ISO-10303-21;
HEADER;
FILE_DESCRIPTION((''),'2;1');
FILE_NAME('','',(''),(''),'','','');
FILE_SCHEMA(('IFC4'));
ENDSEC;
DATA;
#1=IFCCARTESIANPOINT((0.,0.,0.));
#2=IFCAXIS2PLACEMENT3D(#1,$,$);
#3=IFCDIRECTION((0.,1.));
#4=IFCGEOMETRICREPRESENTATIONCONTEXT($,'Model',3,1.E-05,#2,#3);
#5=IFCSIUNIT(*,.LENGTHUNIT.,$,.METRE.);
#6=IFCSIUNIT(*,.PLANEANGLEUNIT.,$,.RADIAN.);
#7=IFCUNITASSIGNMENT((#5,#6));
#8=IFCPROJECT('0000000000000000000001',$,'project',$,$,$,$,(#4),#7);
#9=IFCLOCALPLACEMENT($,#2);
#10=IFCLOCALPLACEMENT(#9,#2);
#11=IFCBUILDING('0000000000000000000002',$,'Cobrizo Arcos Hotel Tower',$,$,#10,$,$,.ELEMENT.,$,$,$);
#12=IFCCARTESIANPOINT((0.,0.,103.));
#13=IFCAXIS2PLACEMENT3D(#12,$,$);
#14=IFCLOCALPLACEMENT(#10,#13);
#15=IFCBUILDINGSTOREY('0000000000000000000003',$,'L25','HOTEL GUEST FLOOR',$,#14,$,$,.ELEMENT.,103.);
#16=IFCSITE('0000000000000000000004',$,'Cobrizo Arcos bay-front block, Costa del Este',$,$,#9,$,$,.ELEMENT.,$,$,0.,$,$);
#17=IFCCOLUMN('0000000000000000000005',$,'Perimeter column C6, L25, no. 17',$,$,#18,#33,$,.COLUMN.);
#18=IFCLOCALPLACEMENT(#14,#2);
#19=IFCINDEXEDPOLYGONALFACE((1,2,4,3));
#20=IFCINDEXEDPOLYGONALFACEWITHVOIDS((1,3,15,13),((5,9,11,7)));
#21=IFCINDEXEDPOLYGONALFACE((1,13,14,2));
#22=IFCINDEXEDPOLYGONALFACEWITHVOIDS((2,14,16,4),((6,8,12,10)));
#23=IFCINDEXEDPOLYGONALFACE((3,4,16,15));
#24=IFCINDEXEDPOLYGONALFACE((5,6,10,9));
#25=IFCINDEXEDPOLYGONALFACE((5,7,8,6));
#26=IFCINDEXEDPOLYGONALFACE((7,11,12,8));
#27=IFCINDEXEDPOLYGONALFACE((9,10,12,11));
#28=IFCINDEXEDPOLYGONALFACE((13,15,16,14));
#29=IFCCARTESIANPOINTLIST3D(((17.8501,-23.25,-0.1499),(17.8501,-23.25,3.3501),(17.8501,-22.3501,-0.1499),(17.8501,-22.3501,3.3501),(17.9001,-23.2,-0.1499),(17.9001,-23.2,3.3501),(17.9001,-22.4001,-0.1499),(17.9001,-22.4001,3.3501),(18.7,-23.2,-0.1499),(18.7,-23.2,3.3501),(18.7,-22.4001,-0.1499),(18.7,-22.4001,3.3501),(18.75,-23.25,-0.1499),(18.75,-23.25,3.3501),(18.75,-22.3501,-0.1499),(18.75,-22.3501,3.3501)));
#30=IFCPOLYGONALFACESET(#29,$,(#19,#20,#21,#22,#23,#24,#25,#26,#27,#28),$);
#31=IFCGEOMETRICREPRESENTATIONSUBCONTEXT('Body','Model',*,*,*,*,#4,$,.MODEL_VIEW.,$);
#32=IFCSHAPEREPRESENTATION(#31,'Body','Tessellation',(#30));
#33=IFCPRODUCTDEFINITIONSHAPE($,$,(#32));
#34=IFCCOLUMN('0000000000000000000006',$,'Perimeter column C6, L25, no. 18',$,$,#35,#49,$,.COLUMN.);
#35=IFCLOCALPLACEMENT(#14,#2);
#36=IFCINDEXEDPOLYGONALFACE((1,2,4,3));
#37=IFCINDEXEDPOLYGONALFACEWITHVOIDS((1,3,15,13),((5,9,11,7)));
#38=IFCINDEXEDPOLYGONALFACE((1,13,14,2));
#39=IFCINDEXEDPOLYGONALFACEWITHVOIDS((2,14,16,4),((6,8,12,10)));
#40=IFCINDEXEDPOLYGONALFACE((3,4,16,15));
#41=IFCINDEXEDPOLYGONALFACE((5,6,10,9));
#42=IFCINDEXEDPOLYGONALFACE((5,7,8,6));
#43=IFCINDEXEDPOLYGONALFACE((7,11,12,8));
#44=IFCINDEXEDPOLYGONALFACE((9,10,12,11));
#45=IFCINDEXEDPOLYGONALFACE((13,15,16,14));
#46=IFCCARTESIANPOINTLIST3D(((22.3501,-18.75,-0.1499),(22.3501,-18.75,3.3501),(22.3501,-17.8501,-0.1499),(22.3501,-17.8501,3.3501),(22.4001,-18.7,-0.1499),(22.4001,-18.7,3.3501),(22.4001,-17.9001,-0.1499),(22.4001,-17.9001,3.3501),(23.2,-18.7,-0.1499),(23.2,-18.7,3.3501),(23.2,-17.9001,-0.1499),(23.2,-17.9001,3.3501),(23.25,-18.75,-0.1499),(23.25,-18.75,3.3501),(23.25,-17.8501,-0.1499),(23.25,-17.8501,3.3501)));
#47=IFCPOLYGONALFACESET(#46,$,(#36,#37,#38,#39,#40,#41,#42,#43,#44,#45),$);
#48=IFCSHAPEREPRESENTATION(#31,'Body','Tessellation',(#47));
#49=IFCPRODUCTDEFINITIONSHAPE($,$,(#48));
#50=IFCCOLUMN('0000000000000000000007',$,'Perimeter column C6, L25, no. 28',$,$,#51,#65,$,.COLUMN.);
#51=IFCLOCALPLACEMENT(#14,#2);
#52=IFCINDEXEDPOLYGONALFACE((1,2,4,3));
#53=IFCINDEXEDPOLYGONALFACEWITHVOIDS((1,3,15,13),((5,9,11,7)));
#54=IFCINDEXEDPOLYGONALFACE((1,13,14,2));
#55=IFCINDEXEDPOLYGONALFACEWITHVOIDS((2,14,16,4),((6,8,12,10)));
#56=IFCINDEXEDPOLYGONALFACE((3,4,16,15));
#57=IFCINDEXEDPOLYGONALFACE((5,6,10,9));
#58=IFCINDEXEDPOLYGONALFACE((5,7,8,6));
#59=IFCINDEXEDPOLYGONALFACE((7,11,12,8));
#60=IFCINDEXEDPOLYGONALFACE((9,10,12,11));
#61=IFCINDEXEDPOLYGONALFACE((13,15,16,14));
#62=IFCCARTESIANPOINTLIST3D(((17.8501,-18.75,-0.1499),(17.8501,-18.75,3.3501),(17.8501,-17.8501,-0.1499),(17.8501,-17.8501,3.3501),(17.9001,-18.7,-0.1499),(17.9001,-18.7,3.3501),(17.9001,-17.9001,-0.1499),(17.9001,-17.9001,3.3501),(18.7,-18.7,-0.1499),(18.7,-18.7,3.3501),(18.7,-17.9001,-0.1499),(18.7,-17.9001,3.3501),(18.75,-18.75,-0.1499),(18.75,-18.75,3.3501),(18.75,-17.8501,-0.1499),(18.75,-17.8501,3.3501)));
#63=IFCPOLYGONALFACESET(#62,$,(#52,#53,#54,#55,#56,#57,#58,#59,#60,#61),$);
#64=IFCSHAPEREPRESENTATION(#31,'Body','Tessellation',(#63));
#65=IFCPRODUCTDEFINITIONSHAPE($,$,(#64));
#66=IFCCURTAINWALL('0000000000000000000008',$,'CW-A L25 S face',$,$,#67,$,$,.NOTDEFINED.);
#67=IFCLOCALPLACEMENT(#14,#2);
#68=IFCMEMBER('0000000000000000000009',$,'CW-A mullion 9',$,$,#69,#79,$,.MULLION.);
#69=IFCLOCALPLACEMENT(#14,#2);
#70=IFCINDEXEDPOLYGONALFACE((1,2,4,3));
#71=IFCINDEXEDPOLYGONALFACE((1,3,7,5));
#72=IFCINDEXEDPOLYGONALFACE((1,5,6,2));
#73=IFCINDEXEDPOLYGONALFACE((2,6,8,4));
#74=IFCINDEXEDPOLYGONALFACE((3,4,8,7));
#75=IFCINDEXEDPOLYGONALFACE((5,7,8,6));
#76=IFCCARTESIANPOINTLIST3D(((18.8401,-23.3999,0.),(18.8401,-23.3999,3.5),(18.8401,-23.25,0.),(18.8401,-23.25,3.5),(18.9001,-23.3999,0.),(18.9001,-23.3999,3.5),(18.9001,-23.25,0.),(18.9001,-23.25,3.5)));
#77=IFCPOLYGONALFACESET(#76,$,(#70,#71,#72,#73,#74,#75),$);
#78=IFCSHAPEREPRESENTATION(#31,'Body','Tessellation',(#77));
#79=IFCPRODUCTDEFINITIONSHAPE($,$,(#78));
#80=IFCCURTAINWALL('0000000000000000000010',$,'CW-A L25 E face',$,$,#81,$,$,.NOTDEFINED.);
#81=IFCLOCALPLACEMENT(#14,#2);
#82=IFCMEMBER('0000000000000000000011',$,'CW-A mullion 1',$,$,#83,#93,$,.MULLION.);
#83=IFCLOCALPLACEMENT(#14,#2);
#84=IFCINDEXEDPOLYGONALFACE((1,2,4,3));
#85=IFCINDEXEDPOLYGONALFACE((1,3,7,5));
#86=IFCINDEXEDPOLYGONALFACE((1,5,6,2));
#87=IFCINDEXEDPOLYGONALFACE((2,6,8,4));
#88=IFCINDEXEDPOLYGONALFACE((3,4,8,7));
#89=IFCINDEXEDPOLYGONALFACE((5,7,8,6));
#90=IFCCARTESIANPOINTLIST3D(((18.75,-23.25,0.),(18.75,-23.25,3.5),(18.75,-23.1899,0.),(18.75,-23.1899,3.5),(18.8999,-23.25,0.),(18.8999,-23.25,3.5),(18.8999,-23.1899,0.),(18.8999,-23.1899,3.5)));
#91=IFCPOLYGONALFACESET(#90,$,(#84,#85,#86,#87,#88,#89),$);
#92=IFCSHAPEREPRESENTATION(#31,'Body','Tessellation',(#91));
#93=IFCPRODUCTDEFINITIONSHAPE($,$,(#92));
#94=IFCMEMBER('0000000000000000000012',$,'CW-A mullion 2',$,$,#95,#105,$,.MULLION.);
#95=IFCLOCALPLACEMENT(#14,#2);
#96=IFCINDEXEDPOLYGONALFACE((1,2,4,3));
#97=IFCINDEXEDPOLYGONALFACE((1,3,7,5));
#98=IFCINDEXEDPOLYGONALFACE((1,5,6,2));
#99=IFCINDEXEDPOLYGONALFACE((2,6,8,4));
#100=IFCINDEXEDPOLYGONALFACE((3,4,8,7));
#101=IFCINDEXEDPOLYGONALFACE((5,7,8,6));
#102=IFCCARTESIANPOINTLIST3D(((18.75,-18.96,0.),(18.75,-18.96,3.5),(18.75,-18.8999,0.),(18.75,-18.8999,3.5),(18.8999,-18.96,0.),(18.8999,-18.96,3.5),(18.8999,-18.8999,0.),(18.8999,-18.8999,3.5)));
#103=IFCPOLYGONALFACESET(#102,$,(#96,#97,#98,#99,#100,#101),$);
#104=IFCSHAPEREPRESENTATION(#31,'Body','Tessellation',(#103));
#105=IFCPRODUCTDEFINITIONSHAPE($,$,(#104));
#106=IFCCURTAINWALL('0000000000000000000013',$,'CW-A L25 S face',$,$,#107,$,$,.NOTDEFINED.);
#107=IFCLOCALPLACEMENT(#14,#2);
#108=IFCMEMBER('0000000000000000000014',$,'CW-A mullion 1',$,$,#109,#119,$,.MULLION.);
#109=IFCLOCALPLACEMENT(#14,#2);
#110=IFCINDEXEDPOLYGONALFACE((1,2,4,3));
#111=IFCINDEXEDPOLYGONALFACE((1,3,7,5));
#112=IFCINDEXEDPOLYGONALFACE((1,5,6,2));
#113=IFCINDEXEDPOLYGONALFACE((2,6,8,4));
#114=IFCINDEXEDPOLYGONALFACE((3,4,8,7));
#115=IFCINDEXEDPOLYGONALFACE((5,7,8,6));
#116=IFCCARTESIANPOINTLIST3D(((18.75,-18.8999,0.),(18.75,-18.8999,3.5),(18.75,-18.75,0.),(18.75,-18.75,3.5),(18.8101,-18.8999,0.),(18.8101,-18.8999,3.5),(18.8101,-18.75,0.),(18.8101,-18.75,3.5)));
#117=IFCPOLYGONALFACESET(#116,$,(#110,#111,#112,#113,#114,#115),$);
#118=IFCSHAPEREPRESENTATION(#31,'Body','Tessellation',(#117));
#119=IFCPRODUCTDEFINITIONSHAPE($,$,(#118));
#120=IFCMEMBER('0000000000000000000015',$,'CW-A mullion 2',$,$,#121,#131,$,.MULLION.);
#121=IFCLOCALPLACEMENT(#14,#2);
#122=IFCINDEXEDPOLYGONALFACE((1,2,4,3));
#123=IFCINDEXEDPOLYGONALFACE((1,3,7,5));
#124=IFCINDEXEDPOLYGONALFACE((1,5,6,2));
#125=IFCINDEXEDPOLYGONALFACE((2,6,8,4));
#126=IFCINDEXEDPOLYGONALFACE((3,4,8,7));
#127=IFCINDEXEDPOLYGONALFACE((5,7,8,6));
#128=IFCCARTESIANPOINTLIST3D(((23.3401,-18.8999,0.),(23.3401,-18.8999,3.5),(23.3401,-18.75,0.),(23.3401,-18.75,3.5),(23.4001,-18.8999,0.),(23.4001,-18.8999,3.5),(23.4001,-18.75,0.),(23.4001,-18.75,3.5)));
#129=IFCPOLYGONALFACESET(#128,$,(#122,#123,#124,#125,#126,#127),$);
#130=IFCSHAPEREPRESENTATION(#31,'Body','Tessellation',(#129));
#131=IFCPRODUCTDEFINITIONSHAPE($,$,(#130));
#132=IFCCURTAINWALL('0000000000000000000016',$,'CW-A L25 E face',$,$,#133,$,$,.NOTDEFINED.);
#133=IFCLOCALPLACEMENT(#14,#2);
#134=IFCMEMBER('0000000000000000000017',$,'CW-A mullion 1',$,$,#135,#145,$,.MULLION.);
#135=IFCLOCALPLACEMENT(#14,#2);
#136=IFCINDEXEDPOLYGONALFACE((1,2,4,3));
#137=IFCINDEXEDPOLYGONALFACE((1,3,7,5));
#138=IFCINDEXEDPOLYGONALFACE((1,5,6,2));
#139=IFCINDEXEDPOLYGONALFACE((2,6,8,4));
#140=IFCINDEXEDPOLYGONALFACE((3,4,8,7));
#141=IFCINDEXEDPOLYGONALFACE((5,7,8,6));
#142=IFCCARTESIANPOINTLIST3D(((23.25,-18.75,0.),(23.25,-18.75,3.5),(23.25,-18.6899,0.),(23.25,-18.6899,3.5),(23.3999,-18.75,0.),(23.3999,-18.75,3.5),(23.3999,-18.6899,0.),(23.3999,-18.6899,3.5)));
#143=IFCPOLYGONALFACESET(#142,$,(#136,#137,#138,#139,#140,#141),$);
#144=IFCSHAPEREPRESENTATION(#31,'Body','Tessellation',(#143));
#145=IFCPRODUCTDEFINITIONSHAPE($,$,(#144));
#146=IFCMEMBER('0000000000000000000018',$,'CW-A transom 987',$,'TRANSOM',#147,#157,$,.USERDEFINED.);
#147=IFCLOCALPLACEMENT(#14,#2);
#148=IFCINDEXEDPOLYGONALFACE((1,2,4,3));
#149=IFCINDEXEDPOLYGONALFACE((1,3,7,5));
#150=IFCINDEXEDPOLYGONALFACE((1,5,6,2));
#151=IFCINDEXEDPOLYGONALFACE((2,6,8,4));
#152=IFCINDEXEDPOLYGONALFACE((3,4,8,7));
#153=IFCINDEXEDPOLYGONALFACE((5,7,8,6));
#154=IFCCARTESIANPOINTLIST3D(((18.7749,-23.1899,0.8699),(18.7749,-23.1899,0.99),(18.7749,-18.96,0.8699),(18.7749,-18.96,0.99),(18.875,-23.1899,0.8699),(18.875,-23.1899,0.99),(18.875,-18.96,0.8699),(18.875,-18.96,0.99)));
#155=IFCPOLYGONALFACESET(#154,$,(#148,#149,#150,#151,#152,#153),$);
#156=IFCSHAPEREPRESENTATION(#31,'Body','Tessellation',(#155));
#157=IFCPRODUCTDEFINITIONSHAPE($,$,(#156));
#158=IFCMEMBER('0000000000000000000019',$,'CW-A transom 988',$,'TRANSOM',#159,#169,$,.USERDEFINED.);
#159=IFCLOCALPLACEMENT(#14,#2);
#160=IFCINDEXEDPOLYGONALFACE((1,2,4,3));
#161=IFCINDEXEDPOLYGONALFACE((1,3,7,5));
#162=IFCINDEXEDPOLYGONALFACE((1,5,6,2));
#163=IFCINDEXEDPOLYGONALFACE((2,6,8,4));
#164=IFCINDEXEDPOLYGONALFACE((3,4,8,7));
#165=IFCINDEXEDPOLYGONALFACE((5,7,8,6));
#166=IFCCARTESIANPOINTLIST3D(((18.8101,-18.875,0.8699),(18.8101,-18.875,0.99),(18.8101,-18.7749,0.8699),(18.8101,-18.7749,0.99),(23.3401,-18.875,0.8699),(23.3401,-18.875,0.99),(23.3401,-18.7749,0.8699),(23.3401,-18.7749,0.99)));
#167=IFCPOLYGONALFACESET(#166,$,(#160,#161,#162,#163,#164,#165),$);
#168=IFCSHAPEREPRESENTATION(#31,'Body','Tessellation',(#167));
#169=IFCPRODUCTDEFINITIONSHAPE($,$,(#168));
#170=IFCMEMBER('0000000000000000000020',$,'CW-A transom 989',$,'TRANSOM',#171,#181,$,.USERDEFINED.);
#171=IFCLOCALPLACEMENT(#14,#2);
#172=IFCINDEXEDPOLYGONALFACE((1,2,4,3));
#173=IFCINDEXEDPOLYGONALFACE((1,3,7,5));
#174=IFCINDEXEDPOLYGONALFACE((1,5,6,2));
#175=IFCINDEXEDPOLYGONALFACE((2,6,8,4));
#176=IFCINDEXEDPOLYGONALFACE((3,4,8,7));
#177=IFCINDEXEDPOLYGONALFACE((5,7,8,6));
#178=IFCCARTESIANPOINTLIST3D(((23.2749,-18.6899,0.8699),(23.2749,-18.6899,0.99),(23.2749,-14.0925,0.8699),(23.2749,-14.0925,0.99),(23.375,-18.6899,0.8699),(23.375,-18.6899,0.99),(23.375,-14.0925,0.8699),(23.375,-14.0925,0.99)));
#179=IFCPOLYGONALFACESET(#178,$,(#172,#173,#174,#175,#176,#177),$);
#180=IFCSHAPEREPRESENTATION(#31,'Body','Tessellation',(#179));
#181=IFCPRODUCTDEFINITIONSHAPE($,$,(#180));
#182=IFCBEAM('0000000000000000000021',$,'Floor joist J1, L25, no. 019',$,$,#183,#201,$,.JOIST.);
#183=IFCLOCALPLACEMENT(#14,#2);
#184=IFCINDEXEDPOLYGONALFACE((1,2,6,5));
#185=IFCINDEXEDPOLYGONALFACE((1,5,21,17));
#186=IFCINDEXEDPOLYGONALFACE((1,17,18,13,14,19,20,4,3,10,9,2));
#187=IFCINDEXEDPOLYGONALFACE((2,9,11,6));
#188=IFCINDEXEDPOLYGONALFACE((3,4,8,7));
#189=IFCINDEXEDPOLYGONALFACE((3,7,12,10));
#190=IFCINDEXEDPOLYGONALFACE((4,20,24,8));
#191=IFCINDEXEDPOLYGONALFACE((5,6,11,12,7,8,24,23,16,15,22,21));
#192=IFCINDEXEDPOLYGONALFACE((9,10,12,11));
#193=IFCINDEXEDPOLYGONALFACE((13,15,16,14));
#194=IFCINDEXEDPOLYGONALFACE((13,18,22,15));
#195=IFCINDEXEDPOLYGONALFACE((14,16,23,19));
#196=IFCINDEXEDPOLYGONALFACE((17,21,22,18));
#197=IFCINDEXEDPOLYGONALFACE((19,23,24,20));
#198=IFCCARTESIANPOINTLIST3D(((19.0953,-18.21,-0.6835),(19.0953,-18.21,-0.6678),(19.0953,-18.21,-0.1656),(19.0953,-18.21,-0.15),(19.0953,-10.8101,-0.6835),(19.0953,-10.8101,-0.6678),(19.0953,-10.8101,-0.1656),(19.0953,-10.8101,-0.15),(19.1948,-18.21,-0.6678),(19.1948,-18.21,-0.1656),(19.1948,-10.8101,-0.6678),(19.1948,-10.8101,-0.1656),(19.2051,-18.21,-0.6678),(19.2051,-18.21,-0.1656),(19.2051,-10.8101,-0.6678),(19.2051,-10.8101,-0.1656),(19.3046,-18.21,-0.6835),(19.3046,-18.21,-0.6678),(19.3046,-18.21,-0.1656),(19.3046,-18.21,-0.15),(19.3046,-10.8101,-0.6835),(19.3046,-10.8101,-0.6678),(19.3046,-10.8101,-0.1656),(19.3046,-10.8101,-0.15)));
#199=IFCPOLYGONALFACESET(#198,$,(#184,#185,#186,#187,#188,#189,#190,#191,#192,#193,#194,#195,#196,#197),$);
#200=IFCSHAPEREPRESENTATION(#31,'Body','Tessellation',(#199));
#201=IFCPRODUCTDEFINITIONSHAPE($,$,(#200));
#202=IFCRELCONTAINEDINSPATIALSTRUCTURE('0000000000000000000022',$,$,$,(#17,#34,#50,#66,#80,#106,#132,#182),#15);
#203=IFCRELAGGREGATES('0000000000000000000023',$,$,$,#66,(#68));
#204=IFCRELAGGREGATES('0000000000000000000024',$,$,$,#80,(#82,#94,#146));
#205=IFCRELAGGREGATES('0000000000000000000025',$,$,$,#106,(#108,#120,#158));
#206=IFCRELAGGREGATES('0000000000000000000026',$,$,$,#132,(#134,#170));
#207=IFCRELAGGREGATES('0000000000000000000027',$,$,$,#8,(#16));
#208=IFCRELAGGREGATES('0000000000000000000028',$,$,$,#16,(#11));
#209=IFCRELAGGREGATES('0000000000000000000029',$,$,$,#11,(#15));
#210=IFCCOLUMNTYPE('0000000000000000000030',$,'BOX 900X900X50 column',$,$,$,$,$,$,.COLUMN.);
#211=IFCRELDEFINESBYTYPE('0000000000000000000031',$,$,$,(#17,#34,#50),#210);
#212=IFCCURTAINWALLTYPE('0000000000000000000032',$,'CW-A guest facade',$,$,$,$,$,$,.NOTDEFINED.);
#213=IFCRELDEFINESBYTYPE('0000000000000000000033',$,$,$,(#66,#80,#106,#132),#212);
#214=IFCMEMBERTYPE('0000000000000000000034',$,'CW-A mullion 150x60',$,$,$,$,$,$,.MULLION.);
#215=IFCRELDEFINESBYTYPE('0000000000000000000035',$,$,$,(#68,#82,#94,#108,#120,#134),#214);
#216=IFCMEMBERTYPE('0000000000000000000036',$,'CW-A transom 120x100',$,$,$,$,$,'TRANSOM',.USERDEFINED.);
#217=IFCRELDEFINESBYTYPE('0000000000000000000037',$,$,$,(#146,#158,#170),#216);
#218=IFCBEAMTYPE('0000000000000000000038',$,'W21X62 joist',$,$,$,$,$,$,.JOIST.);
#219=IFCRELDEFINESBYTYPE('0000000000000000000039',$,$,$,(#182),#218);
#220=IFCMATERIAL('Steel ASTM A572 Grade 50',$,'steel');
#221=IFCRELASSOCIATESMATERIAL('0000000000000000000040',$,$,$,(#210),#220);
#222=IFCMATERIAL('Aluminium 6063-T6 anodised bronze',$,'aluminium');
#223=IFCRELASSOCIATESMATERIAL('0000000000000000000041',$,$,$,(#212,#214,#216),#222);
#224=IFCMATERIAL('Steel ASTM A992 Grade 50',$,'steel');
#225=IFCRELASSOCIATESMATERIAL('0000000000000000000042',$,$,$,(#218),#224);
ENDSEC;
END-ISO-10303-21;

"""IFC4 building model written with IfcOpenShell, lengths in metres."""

from ifc_helpers import new_model, si_unit, direction, frame, origin, origin_2d, place, context, subcontext, project, spatial, rectangle, hollow_rectangle, i_section, extrude, material, material_profile, profile_set, type_object, element, aggregate, save


model = new_model("IFC4")

# Units and contexts
model_context = context("Model", 3, precision=1e-05, world=origin(), true_north=direction((0.0, 1.0)))
body_context = subcontext(model_context, "Body", "Model", "MODEL_VIEW")
ifc_project = project(units=[si_unit("LENGTHUNIT", "METRE"), si_unit("PLANEANGLEUNIT", "RADIAN")], contexts=[model_context])

# Site, building, storey
site_placement = place(None, origin())
site = spatial("IfcSite", under=ifc_project, at=site_placement, Name="Cobrizo Arcos bay-front block, Costa del Este", CompositionType="ELEMENT", RefElevation=0.0)
building_placement = place(site_placement, origin())
building = spatial("IfcBuilding", under=site, at=building_placement, Name="Cobrizo Arcos Hotel Tower", CompositionType="ELEMENT")
storey_placement = place(building_placement, frame((0.0, 0.0, 103.0)))
storey = spatial("IfcBuildingStorey", under=building, at=storey_placement, Name="L25", Description="HOTEL GUEST FLOOR", CompositionType="ELEMENT", Elevation=103.0)

# Columns
ifc_material_1 = material(Name="Steel ASTM A572 Grade 50", Category="steel")
ifc_material_profile_1 = material_profile(ifc_material_1, hollow_rectangle(XDim=0.8999, YDim=0.8999, WallThickness=0.05, at=origin_2d()), Name="BOX 900X900X50")
ifc_profile_set_1 = profile_set([ifc_material_profile_1], Name="Steel ASTM A572 Grade 50")
column_type = type_object("IfcColumnType", Name="BOX 900X900X50 column", PredefinedType="COLUMN", material=ifc_profile_set_1)
for number, where, z_axis, x_axis, name in (
    (1, (18.3, -22.8, -0.1499), (0.0, 0.0, 1.0), (1.0, 0.0, 0.0), "Perimeter column C6, L25, no. 17"),
    (2, (22.8, -18.3, -0.1499), (0.0, 0.0, 1.0), (1.0, 0.0, 0.0), "Perimeter column C6, L25, no. 18"),
    (3, (18.3, -18.3, -0.1499), (0.0, 0.0, 1.0), (1.0, 0.0, 0.0), "Perimeter column C6, L25, no. 28"),
):
    element("IfcColumn", number, at=place(storey_placement, frame(where, z_axis=z_axis, x_axis=x_axis)), inside=storey, type_object=column_type, Name=name, PredefinedType="COLUMN", context=body_context, shape_type="SweptSolid", body=[
        extrude(hollow_rectangle(XDim=0.8999, YDim=0.8999, WallThickness=0.05, at=origin_2d()), origin(), (0.0, 0.0, 1.0), 3.5),
    ])

# Curtain wall, member
ifc_material_2 = material(Name="Aluminium 6063-T6 anodised bronze", Category="aluminium")
curtain_wall_type = type_object("IfcCurtainWallType", Name="CW-A guest facade", PredefinedType="NOTDEFINED", material=ifc_material_2)
curtain_wall_1_placement = place(storey_placement, origin())
curtain_wall_1 = element("IfcCurtainWall", 4, at=curtain_wall_1_placement, inside=storey, type_object=curtain_wall_type, Name="CW-A L25 S face", PredefinedType="NOTDEFINED")
ifc_material_profile_2 = material_profile(ifc_material_2, rectangle(XDim=0.1499, YDim=0.0601, at=origin_2d()), Name="CW-A mullion 150x60")
ifc_profile_set_2 = profile_set([ifc_material_profile_2], Name="Aluminium 6063-T6 anodised bronze")
member_type_1 = type_object("IfcMemberType", Name="CW-A mullion 150x60", PredefinedType="MULLION", material=ifc_profile_set_2)
member_1_placement = place(storey_placement, frame((18.8701, -23.325, 0.0), z_axis=(0.0, 0.0, 1.0), x_axis=(0.0, -1.0, 0.0)))
member_1 = element("IfcMember", 5, at=member_1_placement, type_object=member_type_1, Name="CW-A mullion 9", PredefinedType="MULLION", context=body_context, shape_type="SweptSolid", body=[
    extrude(rectangle(XDim=0.1499, YDim=0.0601, at=origin_2d()), origin(), (0.0, 0.0, 1.0), 3.5),
])

# Curtain walls, members
curtain_wall_2_placement = place(storey_placement, origin())
curtain_wall_2 = element("IfcCurtainWall", 6, at=curtain_wall_2_placement, inside=storey, type_object=curtain_wall_type, Name="CW-A L25 E face", PredefinedType="NOTDEFINED")
member_2_placement = place(storey_placement, frame((18.825, -23.22, 0.0), z_axis=(0.0, 0.0, 1.0), x_axis=(1.0, 0.0, 0.0)))
member_2 = element("IfcMember", 7, at=member_2_placement, type_object=member_type_1, Name="CW-A mullion 1", PredefinedType="MULLION", context=body_context, shape_type="SweptSolid", body=[
    extrude(rectangle(XDim=0.1499, YDim=0.0601, at=origin_2d()), origin(), (0.0, 0.0, 1.0), 3.5),
])
member_3_placement = place(storey_placement, frame((18.825, -18.9299, 0.0), z_axis=(0.0, 0.0, 1.0), x_axis=(1.0, 0.0, 0.0)))
member_3 = element("IfcMember", 8, at=member_3_placement, type_object=member_type_1, Name="CW-A mullion 2", PredefinedType="MULLION", context=body_context, shape_type="SweptSolid", body=[
    extrude(rectangle(XDim=0.1499, YDim=0.0601, at=origin_2d()), origin(), (0.0, 0.0, 1.0), 3.5),
])
curtain_wall_3_placement = place(storey_placement, origin())
curtain_wall_3 = element("IfcCurtainWall", 9, at=curtain_wall_3_placement, inside=storey, type_object=curtain_wall_type, Name="CW-A L25 S face", PredefinedType="NOTDEFINED")
member_4_placement = place(storey_placement, frame((18.78, -18.825, 0.0), z_axis=(0.0, 0.0, 1.0), x_axis=(0.0, -1.0, 0.0)))
member_4 = element("IfcMember", 10, at=member_4_placement, type_object=member_type_1, Name="CW-A mullion 1", PredefinedType="MULLION", context=body_context, shape_type="SweptSolid", body=[
    extrude(rectangle(XDim=0.1499, YDim=0.0601, at=origin_2d()), origin(), (0.0, 0.0, 1.0), 3.5),
])
member_5_placement = place(storey_placement, frame((23.3701, -18.825, 0.0), z_axis=(0.0, 0.0, 1.0), x_axis=(0.0, -1.0, 0.0)))
member_5 = element("IfcMember", 11, at=member_5_placement, type_object=member_type_1, Name="CW-A mullion 2", PredefinedType="MULLION", context=body_context, shape_type="SweptSolid", body=[
    extrude(rectangle(XDim=0.1499, YDim=0.0601, at=origin_2d()), origin(), (0.0, 0.0, 1.0), 3.5),
])

# Curtain wall, member
curtain_wall_4_placement = place(storey_placement, origin())
curtain_wall_4 = element("IfcCurtainWall", 12, at=curtain_wall_4_placement, inside=storey, type_object=curtain_wall_type, Name="CW-A L25 E face", PredefinedType="NOTDEFINED")
member_6_placement = place(storey_placement, frame((23.325, -18.72, 0.0), z_axis=(0.0, 0.0, 1.0), x_axis=(1.0, 0.0, 0.0)))
member_6 = element("IfcMember", 13, at=member_6_placement, type_object=member_type_1, Name="CW-A mullion 1", PredefinedType="MULLION", context=body_context, shape_type="SweptSolid", body=[
    extrude(rectangle(XDim=0.1499, YDim=0.0601, at=origin_2d()), origin(), (0.0, 0.0, 1.0), 3.5),
])

# Members
ifc_material_profile_3 = material_profile(ifc_material_2, rectangle(XDim=0.1001, YDim=0.1201, at=origin_2d()), Name="CW-A transom 120x100")
ifc_profile_set_3 = profile_set([ifc_material_profile_3], Name="Aluminium 6063-T6 anodised bronze")
member_type_2 = type_object("IfcMemberType", Name="CW-A transom 120x100", ElementType="TRANSOM", PredefinedType="USERDEFINED", material=ifc_profile_set_3)
member_7_placement = place(storey_placement, frame((18.825, -23.1899, 0.9299), z_axis=(0.0, 1.0, 0.0), x_axis=(-1.0, 0.0, 0.0)))
member_7 = element("IfcMember", 14, at=member_7_placement, type_object=member_type_2, Name="CW-A transom 987", ObjectType="TRANSOM", PredefinedType="USERDEFINED", context=body_context, shape_type="SweptSolid", body=[
    extrude(rectangle(XDim=0.1001, YDim=0.1201, at=origin_2d()), origin(), (0.0, 0.0, 1.0), 4.23),
])
member_8_placement = place(storey_placement, frame((18.8101, -18.825, 0.9299), z_axis=(1.0, 0.0, 0.0), x_axis=(0.0, 1.0, 0.0)))
member_8 = element("IfcMember", 15, at=member_8_placement, type_object=member_type_2, Name="CW-A transom 988", ObjectType="TRANSOM", PredefinedType="USERDEFINED", context=body_context, shape_type="SweptSolid", body=[
    extrude(rectangle(XDim=0.1001, YDim=0.1201, at=origin_2d()), origin(), (0.0, 0.0, 1.0), 4.53),
])
member_9_placement = place(storey_placement, frame((23.325, -18.6899, 0.9299), z_axis=(0.0, 1.0, 0.0), x_axis=(-1.0, 0.0, 0.0)))
member_9 = element("IfcMember", 16, at=member_9_placement, type_object=member_type_2, Name="CW-A transom 989", ObjectType="TRANSOM", PredefinedType="USERDEFINED", context=body_context, shape_type="SweptSolid", body=[
    extrude(rectangle(XDim=0.1001, YDim=0.1201, at=origin_2d()), origin(), (0.0, 0.0, 1.0), 4.5974),
])

# Beam
ifc_material_3 = material(Name="Steel ASTM A992 Grade 50", Category="steel")
ifc_material_profile_4 = material_profile(ifc_material_3, i_section(OverallWidth=0.2092, OverallDepth=0.5334, WebThickness=0.0103, FlangeThickness=0.0156, at=origin_2d()), Name="W21X62")
ifc_profile_set_4 = profile_set([ifc_material_profile_4], Name="Steel ASTM A992 Grade 50")
beam_type_1 = type_object("IfcBeamType", Name="W21X62 joist", PredefinedType="JOIST", material=ifc_profile_set_4)
beam_1_placement = place(storey_placement, frame((19.2, -18.21, -0.4167), z_axis=(0.0, 1.0, 0.0), x_axis=(-1.0, 0.0, 0.0)))
element("IfcBeam", 17, at=beam_1_placement, inside=storey, type_object=beam_type_1, Name="Floor joist J1, L25, no. 019", PredefinedType="JOIST", context=body_context, shape_type="SweptSolid", body=[
    extrude(i_section(OverallWidth=0.2092, OverallDepth=0.5334, WebThickness=0.0103, FlangeThickness=0.0156, at=origin_2d()), origin(), (0.0, 0.0, 1.0), 7.3999),
])

aggregate(curtain_wall_1, [member_1])
aggregate(curtain_wall_2, [member_2, member_3, member_7])
aggregate(curtain_wall_3, [member_4, member_5, member_8])
aggregate(curtain_wall_4, [member_6, member_9])

save(model, "model.ifc")
